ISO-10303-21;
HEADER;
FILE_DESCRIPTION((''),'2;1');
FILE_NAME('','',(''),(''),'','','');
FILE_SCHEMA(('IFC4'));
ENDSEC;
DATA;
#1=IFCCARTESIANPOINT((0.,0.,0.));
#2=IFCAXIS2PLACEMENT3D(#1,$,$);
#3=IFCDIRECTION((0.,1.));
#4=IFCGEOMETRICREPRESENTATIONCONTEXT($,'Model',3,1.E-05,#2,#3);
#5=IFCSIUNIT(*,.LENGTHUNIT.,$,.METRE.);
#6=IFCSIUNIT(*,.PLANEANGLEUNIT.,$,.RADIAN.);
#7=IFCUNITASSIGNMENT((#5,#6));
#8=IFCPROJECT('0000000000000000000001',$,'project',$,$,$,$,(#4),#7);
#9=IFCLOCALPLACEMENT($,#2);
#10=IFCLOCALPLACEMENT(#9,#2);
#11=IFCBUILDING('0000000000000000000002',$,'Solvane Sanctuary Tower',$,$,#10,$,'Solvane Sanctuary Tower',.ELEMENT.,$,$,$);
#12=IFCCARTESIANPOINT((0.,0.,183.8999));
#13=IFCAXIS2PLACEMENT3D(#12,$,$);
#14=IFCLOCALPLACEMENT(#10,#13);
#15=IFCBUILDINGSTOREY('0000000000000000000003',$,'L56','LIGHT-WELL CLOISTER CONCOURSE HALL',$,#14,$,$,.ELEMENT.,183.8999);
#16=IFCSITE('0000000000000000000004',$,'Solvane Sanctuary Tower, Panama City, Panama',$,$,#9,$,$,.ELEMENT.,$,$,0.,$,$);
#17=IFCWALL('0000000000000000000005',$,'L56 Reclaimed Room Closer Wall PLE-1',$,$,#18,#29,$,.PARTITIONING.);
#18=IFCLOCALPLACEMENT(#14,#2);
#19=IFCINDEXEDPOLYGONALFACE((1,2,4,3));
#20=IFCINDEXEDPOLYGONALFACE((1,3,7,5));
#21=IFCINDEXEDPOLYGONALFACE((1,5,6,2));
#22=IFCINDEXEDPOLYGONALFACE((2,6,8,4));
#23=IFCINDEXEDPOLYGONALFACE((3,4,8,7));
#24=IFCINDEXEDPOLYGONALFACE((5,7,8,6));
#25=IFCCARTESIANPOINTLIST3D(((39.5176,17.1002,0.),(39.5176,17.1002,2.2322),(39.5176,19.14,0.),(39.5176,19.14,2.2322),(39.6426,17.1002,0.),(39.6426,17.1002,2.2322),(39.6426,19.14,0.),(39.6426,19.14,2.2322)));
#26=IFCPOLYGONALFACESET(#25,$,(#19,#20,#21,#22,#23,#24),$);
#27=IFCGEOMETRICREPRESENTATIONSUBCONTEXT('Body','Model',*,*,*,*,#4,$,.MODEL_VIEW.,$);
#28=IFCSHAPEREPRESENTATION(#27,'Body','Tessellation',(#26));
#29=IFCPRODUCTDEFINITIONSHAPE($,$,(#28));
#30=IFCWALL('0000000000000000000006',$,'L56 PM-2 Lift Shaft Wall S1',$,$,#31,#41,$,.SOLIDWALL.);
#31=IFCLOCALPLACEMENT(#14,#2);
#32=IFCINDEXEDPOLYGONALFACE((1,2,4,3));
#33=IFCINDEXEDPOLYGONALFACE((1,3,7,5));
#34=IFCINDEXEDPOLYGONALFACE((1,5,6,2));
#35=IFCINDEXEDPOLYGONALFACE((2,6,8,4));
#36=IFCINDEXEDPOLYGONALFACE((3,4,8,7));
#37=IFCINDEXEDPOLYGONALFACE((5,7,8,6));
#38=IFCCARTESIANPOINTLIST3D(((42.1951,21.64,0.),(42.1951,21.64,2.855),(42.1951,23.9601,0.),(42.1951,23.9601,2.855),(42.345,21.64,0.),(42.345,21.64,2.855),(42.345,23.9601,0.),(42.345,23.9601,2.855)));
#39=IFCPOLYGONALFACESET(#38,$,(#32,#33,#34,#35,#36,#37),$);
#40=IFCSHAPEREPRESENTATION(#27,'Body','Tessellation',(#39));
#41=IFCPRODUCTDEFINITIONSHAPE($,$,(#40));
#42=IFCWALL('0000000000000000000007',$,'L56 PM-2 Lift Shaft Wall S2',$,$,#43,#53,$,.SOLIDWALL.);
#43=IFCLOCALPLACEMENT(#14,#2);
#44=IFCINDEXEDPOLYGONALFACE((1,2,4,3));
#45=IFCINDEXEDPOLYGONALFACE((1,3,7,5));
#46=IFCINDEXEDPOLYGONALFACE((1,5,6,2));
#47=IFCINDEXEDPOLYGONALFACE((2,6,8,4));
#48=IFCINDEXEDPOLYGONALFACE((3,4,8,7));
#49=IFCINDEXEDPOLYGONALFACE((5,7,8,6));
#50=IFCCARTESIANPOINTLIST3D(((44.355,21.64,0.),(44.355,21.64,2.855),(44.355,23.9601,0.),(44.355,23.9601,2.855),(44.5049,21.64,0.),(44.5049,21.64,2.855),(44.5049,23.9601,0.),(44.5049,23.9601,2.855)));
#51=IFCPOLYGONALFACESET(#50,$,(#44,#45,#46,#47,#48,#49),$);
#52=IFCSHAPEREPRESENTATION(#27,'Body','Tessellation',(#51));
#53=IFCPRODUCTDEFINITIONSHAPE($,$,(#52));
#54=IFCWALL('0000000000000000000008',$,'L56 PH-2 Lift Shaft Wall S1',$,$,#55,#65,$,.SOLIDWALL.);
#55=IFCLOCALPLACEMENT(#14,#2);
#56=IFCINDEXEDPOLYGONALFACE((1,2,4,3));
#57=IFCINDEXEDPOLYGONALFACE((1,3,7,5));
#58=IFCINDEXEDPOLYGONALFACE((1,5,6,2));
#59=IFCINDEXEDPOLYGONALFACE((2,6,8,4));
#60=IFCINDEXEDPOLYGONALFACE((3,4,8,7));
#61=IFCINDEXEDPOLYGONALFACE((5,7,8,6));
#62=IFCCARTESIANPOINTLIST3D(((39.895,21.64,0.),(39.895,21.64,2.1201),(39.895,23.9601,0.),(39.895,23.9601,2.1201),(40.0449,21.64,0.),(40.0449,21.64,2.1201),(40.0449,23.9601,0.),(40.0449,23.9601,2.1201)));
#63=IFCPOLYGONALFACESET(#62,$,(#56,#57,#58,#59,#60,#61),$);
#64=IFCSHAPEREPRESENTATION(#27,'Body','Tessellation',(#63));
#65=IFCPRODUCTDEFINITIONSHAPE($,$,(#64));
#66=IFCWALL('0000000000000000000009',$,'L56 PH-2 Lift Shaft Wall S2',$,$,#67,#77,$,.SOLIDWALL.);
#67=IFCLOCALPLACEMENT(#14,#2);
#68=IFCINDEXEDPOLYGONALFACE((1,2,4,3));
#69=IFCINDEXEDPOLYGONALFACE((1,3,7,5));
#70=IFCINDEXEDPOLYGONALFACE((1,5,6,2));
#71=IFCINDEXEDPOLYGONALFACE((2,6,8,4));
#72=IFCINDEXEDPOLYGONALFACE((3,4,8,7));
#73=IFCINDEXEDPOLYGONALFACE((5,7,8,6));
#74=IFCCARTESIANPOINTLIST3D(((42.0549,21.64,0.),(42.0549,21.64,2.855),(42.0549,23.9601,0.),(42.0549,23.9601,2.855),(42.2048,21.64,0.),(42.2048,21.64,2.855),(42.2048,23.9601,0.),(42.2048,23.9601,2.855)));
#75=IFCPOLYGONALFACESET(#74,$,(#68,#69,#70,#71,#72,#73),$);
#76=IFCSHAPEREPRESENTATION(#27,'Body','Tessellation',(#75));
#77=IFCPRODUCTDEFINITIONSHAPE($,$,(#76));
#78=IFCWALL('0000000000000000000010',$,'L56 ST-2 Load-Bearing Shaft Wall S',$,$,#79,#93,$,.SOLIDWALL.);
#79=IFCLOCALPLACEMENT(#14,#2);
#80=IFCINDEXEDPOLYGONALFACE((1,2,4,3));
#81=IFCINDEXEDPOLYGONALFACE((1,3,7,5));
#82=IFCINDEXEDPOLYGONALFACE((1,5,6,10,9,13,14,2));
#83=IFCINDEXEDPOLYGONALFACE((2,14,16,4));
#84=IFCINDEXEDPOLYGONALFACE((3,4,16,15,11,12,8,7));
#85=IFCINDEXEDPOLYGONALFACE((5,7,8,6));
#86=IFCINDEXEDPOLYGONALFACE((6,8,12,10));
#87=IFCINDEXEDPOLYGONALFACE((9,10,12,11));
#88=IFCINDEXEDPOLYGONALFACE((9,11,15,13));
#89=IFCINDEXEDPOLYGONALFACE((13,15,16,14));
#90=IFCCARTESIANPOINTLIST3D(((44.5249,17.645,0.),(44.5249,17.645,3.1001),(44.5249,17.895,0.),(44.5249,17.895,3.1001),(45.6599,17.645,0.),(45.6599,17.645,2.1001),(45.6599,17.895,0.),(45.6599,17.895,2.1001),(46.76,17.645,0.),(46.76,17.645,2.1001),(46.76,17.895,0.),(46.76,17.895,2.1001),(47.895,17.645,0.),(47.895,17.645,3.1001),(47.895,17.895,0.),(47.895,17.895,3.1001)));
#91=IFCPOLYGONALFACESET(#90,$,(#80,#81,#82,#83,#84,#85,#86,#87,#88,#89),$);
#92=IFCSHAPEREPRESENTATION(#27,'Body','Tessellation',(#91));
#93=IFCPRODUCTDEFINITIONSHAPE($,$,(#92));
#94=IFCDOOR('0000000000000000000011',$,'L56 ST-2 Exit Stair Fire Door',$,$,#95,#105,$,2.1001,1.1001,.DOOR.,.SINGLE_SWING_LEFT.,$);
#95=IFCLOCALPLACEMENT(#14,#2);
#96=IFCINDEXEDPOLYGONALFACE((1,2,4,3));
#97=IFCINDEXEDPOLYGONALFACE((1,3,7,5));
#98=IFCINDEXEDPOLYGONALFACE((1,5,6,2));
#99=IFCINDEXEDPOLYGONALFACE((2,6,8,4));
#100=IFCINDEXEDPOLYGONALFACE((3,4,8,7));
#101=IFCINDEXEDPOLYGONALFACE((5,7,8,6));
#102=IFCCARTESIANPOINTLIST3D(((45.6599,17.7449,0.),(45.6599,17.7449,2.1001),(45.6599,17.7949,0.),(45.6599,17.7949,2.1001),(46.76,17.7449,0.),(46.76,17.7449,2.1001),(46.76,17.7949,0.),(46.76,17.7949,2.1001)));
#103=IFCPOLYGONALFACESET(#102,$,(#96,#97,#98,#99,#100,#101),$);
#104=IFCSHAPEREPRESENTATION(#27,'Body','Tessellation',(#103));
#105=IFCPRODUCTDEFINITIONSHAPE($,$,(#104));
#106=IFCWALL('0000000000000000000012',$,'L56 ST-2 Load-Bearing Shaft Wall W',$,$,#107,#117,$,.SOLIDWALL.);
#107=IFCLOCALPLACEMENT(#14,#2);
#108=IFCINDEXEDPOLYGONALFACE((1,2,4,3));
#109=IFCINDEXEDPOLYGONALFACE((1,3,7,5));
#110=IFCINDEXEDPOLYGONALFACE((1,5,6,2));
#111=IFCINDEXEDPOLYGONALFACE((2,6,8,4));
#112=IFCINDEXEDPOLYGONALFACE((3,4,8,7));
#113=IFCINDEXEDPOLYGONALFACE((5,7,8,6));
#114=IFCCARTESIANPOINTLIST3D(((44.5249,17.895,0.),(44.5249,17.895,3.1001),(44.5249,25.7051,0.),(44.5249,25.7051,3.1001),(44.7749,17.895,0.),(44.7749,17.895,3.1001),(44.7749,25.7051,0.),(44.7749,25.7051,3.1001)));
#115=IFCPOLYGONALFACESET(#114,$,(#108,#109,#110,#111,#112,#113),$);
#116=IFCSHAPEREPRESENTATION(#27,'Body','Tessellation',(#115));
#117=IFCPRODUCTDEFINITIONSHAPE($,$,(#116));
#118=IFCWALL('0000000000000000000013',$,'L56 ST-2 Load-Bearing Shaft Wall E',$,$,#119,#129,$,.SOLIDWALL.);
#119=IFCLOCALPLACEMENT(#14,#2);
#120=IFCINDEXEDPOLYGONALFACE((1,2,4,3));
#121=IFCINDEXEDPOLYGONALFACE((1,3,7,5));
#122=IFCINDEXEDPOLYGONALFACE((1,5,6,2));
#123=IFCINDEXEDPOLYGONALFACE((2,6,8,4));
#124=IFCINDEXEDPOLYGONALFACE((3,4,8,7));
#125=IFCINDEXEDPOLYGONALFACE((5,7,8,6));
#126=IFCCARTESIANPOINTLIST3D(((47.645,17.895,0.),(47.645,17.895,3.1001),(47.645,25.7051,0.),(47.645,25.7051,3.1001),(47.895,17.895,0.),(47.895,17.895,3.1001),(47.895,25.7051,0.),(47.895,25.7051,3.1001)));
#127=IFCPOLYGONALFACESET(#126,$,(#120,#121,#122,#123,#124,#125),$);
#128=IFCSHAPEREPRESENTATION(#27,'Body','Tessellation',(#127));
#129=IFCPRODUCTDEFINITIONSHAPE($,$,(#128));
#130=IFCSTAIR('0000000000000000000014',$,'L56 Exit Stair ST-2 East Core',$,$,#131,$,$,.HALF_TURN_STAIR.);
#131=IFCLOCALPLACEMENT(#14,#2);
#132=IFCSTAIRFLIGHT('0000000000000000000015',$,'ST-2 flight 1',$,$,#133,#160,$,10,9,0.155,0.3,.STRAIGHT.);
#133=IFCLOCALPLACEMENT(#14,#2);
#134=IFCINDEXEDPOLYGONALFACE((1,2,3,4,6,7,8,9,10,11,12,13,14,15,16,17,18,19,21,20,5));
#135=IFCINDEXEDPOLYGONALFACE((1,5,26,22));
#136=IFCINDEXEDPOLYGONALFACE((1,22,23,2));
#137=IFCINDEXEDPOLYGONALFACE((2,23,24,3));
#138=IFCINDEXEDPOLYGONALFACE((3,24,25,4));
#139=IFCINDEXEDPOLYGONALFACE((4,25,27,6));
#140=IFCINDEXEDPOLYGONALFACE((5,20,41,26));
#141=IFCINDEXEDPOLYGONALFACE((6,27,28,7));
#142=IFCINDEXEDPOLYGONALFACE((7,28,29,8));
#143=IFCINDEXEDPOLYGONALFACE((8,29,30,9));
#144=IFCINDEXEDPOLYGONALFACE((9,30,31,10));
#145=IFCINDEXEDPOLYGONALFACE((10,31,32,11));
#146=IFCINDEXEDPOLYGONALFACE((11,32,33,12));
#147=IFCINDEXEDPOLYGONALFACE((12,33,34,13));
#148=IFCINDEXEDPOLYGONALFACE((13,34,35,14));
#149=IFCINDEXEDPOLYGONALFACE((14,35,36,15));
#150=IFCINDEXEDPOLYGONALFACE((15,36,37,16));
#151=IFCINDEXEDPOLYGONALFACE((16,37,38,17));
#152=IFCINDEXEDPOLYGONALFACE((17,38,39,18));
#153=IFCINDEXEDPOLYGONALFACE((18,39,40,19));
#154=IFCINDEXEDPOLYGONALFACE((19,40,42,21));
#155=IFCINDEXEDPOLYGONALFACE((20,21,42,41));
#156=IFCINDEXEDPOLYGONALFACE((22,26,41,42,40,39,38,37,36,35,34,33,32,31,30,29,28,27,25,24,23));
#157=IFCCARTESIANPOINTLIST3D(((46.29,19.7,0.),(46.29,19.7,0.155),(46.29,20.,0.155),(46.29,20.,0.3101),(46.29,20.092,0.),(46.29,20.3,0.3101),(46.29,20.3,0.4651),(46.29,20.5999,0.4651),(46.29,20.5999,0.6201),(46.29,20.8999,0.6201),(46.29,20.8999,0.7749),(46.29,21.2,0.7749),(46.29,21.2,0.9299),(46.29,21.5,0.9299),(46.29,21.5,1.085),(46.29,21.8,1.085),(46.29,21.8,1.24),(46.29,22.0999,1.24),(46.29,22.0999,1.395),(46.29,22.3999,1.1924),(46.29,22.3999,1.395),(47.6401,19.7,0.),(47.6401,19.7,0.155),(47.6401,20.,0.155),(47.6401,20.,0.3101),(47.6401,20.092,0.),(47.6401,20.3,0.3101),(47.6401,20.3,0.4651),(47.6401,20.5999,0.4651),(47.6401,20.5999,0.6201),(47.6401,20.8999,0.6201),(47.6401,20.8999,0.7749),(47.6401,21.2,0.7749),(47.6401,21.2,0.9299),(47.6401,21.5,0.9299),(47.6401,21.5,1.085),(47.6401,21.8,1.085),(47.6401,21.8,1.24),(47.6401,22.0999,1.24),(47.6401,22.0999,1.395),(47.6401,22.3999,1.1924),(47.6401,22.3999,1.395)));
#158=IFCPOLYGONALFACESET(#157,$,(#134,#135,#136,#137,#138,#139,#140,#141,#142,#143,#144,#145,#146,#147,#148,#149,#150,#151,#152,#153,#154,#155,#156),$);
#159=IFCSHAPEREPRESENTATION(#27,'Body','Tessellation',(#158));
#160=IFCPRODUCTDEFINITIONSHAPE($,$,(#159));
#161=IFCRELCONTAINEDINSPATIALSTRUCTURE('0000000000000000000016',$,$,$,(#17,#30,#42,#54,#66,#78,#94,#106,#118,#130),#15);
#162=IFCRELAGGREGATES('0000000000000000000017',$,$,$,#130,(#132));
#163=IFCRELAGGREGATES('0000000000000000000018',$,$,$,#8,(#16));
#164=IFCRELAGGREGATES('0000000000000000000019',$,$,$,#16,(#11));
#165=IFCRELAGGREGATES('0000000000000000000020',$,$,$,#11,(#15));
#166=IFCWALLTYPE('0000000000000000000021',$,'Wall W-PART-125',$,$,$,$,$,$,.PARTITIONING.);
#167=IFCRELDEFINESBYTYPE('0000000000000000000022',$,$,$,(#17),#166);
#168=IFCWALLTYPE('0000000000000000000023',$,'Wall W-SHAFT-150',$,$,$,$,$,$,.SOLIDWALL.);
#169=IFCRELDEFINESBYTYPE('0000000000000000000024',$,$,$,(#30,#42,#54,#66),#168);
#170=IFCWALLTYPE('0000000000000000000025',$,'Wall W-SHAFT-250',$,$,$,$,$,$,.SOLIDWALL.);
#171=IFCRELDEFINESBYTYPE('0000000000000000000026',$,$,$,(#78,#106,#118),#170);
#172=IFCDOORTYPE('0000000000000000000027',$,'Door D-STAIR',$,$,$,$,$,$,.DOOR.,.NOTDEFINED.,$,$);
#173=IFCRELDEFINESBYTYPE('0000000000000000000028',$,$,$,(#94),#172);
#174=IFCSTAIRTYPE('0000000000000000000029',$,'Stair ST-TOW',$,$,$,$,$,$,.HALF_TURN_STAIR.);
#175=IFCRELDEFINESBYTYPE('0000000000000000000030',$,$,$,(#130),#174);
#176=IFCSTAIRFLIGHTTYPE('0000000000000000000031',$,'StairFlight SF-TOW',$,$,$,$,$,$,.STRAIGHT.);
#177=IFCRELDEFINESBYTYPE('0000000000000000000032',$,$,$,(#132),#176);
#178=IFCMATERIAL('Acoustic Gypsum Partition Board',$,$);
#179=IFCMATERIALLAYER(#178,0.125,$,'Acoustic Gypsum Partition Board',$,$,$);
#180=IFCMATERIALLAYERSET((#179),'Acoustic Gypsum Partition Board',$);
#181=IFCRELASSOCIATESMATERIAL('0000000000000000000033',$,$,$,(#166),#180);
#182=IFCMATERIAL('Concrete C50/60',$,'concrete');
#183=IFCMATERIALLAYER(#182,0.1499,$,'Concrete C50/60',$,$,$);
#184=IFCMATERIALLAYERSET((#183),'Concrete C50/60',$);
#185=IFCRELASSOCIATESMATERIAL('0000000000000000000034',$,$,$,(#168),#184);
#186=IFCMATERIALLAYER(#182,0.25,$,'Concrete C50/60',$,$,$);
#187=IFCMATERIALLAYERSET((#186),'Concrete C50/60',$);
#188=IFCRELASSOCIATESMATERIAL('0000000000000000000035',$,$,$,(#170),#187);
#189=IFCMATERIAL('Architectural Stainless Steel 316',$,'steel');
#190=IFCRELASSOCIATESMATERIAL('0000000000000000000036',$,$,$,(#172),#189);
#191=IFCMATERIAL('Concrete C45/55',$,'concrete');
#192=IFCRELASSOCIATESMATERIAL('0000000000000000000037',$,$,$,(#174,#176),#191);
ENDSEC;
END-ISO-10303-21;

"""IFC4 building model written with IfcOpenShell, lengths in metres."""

from ifc_helpers import new_model, si_unit, direction, frame, frame_2d, origin, place, context, subcontext, project, spatial, polyline, rectangle, outline, extrude, material, layer, layer_set, type_object, element, fill, aggregate, save


model = new_model("IFC4")

# Units and contexts
model_context = context("Model", 3, precision=1e-05, world=origin(), true_north=direction((0.0, 1.0)))
body_context = subcontext(model_context, "Body", "Model", "MODEL_VIEW")
ifc_project = project(units=[si_unit("LENGTHUNIT", "METRE"), si_unit("PLANEANGLEUNIT", "RADIAN")], contexts=[model_context])

# Site, building, storey
site_placement = place(None, origin())
site = spatial("IfcSite", under=ifc_project, at=site_placement, Name="Solvane Sanctuary Tower, Panama City, Panama", CompositionType="ELEMENT", RefElevation=0.0)
building_placement = place(site_placement, origin())
building = spatial("IfcBuilding", under=site, at=building_placement, Name="Solvane Sanctuary Tower", LongName="Solvane Sanctuary Tower", CompositionType="ELEMENT")
storey_placement = place(building_placement, frame((0.0, 0.0, 183.8999)))
storey = spatial("IfcBuildingStorey", under=building, at=storey_placement, Name="L56", Description="LIGHT-WELL CLOISTER CONCOURSE HALL", CompositionType="ELEMENT", Elevation=183.8999)

# Shared definitions
ifc_material_1 = material(Name="Concrete C50/60", Category="concrete")

# Shared definitions
ifc_material_2 = material(Name="Acoustic Gypsum Partition Board")

# Shared definitions
ifc_layer_1 = layer(ifc_material_2, 0.125, Name="Acoustic Gypsum Partition Board")
ifc_layer_set_1 = layer_set([ifc_layer_1], Name="Acoustic Gypsum Partition Board")
wall_type_1 = type_object("IfcWallType", Name="Wall W-PART-125", PredefinedType="PARTITIONING", material=ifc_layer_set_1)
ifc_material_3 = material(Name="Architectural Stainless Steel 316", Category="steel")

# Walls
wall_1_placement = place(storey_placement, frame((39.5801, 17.1001, 0.0), z_axis=(0.0, 0.0, 1.0), x_axis=(0.0, 1.0, 0.0)))
element("IfcWall", 1, at=wall_1_placement, inside=storey, type_object=wall_type_1, Name="L56 Reclaimed Room Closer Wall PLE-1", PredefinedType="PARTITIONING", context=body_context, shape_type="SweptSolid", body=[
    extrude(rectangle(XDim=2.0398, YDim=0.125, at=frame_2d((1.02, 0.0))), origin(), (0.0, 0.0, 1.0), 2.2322),
])
ifc_layer_2 = layer(ifc_material_1, 0.1499, Name="Concrete C50/60")
ifc_layer_set_2 = layer_set([ifc_layer_2], Name="Concrete C50/60")
wall_type_2 = type_object("IfcWallType", Name="Wall W-SHAFT-150", PredefinedType="SOLIDWALL", material=ifc_layer_set_2)
for number, where, z_axis, x_axis, name in (
    (2, (42.27, 21.6399, 0.0), (0.0, 0.0, 1.0), (0.0, 1.0, 0.0), "L56 PM-2 Lift Shaft Wall S1"),
    (3, (44.4299, 21.6399, 0.0), (0.0, 0.0, 1.0), (0.0, 1.0, 0.0), "L56 PM-2 Lift Shaft Wall S2"),
):
    element("IfcWall", number, at=place(storey_placement, frame(where, z_axis=z_axis, x_axis=x_axis)), inside=storey, type_object=wall_type_2, Name=name, PredefinedType="SOLIDWALL", context=body_context, shape_type="SweptSolid", body=[
        extrude(rectangle(XDim=2.3201, YDim=0.1499, at=frame_2d((1.1602, 0.0))), origin(), (0.0, 0.0, 1.0), 2.855),
    ])
wall_2_placement = place(storey_placement, frame((39.97, 21.6399, 0.0), z_axis=(0.0, 0.0, 1.0), x_axis=(0.0, 1.0, 0.0)))
element("IfcWall", 4, at=wall_2_placement, inside=storey, type_object=wall_type_2, Name="L56 PH-2 Lift Shaft Wall S1", PredefinedType="SOLIDWALL", context=body_context, shape_type="SweptSolid", body=[
    extrude(rectangle(XDim=2.3201, YDim=0.1499, at=frame_2d((1.1602, 0.0))), origin(), (0.0, 0.0, 1.0), 2.1201),
])
wall_3_placement = place(storey_placement, frame((42.1299, 21.6399, 0.0), z_axis=(0.0, 0.0, 1.0), x_axis=(0.0, 1.0, 0.0)))
element("IfcWall", 5, at=wall_3_placement, inside=storey, type_object=wall_type_2, Name="L56 PH-2 Lift Shaft Wall S2", PredefinedType="SOLIDWALL", context=body_context, shape_type="SweptSolid", body=[
    extrude(rectangle(XDim=2.3201, YDim=0.1499, at=frame_2d((1.1602, 0.0))), origin(), (0.0, 0.0, 1.0), 2.855),
])

# Wall, opening, door
ifc_layer_3 = layer(ifc_material_1, 0.25, Name="Concrete C50/60")
ifc_layer_set_3 = layer_set([ifc_layer_3], Name="Concrete C50/60")
wall_type_3 = type_object("IfcWallType", Name="Wall W-SHAFT-250", PredefinedType="SOLIDWALL", material=ifc_layer_set_3)
wall_4_placement = place(storey_placement, frame((44.5249, 17.77, 0.0), z_axis=(0.0, 0.0, 1.0), x_axis=(1.0, 0.0, 0.0)))
wall_4 = element("IfcWall", 6, at=wall_4_placement, inside=storey, type_object=wall_type_3, Name="L56 ST-2 Load-Bearing Shaft Wall S", PredefinedType="SOLIDWALL", context=body_context, shape_type="SweptSolid", body=[
    extrude(rectangle(XDim=3.3701, YDim=0.25, at=frame_2d((1.6851, 0.0))), origin(), (0.0, 0.0, 1.0), 3.1001),
])
opening_1_placement = place(wall_4_placement, frame((1.135, 0.0, 0.0)))
opening_1 = element("IfcOpeningElement", 7, at=opening_1_placement, cuts=wall_4, PredefinedType="OPENING", context=body_context, shape_type="SweptSolid", body=[
    extrude(rectangle(XDim=1.1001, YDim=2.1001, at=frame_2d((0.55, 1.05))), frame((0.0, 0.135, 0.0), z_axis=(0.0, -1.0, 0.0), x_axis=(1.0, 0.0, 0.0)), (0.0, 0.0, 1.0), 0.27),
])
door_type_1 = type_object("IfcDoorType", Name="Door D-STAIR", OperationType="NOTDEFINED", PredefinedType="DOOR", material=ifc_material_3)
door_1_placement = place(opening_1_placement, origin())
door_1 = element("IfcDoor", 8, at=door_1_placement, inside=storey, type_object=door_type_1, Name="L56 ST-2 Exit Stair Fire Door", OperationType="SINGLE_SWING_LEFT", OverallHeight=2.1001, OverallWidth=1.1001, PredefinedType="DOOR", context=body_context, shape_type="SweptSolid", body=[
    extrude(rectangle(XDim=1.1001, YDim=2.1001, at=frame_2d((0.55, 1.05))), frame((0.0, 0.0249, 0.0), z_axis=(0.0, -1.0, 0.0), x_axis=(1.0, 0.0, 0.0)), (0.0, 0.0, 1.0), 0.05),
])
fill(opening_1, door_1)

# Walls
for number, where, z_axis, x_axis, name in (
    (9, (44.6499, 17.895, 0.0), (0.0, 0.0, 1.0), (0.0, 1.0, 0.0), "L56 ST-2 Load-Bearing Shaft Wall W"),
    (10, (47.77, 17.895, 0.0), (0.0, 0.0, 1.0), (0.0, 1.0, 0.0), "L56 ST-2 Load-Bearing Shaft Wall E"),
):
    element("IfcWall", number, at=place(storey_placement, frame(where, z_axis=z_axis, x_axis=x_axis)), inside=storey, type_object=wall_type_3, Name=name, PredefinedType="SOLIDWALL", context=body_context, shape_type="SweptSolid", body=[
        extrude(rectangle(XDim=7.8101, YDim=0.25, at=frame_2d((3.905, 0.0))), origin(), (0.0, 0.0, 1.0), 3.1001),
    ])

# Stair, stair flight
ifc_material_4 = material(Name="Concrete C45/55", Category="concrete")
stair_type = type_object("IfcStairType", Name="Stair ST-TOW", PredefinedType="HALF_TURN_STAIR", material=ifc_material_4)
stair_placement = place(storey_placement, origin())
stair = element("IfcStair", 11, at=stair_placement, inside=storey, type_object=stair_type, Name="L56 Exit Stair ST-2 East Core", PredefinedType="HALF_TURN_STAIR")
stair_flight_type = type_object("IfcStairFlightType", Name="StairFlight SF-TOW", PredefinedType="STRAIGHT", material=ifc_material_4)
stair_flight_placement = place(storey_placement, frame((46.9651, 19.7, 0.0), z_axis=(0.0, 0.0, 1.0), x_axis=(0.0, 1.0, 0.0)))
stair_flight = element("IfcStairFlight", 12, at=stair_flight_placement, type_object=stair_flight_type, Name="ST-2 flight 1", NumberOfRisers=10, NumberOfTreads=9, PredefinedType="STRAIGHT", RiserHeight=0.155, TreadLength=0.3, context=body_context, shape_type="SweptSolid", body=[
    extrude(outline(polyline([(0.0, 0.0), (0.0, 0.155), (0.3, 0.155), (0.3, 0.3101), (0.6001, 0.3101), (0.6001, 0.4651), (0.8999, 0.4651), (0.8999, 0.6201), (1.2, 0.6201), (1.2, 0.7749), (1.5, 0.7749), (1.5, 0.9299), (1.8, 0.9299), (1.8, 1.085), (2.1001, 1.085), (2.1001, 1.24), (2.3999, 1.24), (2.3999, 1.395), (2.7, 1.395), (2.7, 1.55), (2.7, 1.1924), (0.3921, 0.0), (0.0, 0.0)])), frame((0.0, 0.675, 0.0), z_axis=(0.0, -1.0, 0.0), x_axis=(1.0, 0.0, 0.0)), (0.0, 0.0, 1.0), 1.3501),
])
aggregate(stair, [stair_flight])

save(model, "model.ifc")
